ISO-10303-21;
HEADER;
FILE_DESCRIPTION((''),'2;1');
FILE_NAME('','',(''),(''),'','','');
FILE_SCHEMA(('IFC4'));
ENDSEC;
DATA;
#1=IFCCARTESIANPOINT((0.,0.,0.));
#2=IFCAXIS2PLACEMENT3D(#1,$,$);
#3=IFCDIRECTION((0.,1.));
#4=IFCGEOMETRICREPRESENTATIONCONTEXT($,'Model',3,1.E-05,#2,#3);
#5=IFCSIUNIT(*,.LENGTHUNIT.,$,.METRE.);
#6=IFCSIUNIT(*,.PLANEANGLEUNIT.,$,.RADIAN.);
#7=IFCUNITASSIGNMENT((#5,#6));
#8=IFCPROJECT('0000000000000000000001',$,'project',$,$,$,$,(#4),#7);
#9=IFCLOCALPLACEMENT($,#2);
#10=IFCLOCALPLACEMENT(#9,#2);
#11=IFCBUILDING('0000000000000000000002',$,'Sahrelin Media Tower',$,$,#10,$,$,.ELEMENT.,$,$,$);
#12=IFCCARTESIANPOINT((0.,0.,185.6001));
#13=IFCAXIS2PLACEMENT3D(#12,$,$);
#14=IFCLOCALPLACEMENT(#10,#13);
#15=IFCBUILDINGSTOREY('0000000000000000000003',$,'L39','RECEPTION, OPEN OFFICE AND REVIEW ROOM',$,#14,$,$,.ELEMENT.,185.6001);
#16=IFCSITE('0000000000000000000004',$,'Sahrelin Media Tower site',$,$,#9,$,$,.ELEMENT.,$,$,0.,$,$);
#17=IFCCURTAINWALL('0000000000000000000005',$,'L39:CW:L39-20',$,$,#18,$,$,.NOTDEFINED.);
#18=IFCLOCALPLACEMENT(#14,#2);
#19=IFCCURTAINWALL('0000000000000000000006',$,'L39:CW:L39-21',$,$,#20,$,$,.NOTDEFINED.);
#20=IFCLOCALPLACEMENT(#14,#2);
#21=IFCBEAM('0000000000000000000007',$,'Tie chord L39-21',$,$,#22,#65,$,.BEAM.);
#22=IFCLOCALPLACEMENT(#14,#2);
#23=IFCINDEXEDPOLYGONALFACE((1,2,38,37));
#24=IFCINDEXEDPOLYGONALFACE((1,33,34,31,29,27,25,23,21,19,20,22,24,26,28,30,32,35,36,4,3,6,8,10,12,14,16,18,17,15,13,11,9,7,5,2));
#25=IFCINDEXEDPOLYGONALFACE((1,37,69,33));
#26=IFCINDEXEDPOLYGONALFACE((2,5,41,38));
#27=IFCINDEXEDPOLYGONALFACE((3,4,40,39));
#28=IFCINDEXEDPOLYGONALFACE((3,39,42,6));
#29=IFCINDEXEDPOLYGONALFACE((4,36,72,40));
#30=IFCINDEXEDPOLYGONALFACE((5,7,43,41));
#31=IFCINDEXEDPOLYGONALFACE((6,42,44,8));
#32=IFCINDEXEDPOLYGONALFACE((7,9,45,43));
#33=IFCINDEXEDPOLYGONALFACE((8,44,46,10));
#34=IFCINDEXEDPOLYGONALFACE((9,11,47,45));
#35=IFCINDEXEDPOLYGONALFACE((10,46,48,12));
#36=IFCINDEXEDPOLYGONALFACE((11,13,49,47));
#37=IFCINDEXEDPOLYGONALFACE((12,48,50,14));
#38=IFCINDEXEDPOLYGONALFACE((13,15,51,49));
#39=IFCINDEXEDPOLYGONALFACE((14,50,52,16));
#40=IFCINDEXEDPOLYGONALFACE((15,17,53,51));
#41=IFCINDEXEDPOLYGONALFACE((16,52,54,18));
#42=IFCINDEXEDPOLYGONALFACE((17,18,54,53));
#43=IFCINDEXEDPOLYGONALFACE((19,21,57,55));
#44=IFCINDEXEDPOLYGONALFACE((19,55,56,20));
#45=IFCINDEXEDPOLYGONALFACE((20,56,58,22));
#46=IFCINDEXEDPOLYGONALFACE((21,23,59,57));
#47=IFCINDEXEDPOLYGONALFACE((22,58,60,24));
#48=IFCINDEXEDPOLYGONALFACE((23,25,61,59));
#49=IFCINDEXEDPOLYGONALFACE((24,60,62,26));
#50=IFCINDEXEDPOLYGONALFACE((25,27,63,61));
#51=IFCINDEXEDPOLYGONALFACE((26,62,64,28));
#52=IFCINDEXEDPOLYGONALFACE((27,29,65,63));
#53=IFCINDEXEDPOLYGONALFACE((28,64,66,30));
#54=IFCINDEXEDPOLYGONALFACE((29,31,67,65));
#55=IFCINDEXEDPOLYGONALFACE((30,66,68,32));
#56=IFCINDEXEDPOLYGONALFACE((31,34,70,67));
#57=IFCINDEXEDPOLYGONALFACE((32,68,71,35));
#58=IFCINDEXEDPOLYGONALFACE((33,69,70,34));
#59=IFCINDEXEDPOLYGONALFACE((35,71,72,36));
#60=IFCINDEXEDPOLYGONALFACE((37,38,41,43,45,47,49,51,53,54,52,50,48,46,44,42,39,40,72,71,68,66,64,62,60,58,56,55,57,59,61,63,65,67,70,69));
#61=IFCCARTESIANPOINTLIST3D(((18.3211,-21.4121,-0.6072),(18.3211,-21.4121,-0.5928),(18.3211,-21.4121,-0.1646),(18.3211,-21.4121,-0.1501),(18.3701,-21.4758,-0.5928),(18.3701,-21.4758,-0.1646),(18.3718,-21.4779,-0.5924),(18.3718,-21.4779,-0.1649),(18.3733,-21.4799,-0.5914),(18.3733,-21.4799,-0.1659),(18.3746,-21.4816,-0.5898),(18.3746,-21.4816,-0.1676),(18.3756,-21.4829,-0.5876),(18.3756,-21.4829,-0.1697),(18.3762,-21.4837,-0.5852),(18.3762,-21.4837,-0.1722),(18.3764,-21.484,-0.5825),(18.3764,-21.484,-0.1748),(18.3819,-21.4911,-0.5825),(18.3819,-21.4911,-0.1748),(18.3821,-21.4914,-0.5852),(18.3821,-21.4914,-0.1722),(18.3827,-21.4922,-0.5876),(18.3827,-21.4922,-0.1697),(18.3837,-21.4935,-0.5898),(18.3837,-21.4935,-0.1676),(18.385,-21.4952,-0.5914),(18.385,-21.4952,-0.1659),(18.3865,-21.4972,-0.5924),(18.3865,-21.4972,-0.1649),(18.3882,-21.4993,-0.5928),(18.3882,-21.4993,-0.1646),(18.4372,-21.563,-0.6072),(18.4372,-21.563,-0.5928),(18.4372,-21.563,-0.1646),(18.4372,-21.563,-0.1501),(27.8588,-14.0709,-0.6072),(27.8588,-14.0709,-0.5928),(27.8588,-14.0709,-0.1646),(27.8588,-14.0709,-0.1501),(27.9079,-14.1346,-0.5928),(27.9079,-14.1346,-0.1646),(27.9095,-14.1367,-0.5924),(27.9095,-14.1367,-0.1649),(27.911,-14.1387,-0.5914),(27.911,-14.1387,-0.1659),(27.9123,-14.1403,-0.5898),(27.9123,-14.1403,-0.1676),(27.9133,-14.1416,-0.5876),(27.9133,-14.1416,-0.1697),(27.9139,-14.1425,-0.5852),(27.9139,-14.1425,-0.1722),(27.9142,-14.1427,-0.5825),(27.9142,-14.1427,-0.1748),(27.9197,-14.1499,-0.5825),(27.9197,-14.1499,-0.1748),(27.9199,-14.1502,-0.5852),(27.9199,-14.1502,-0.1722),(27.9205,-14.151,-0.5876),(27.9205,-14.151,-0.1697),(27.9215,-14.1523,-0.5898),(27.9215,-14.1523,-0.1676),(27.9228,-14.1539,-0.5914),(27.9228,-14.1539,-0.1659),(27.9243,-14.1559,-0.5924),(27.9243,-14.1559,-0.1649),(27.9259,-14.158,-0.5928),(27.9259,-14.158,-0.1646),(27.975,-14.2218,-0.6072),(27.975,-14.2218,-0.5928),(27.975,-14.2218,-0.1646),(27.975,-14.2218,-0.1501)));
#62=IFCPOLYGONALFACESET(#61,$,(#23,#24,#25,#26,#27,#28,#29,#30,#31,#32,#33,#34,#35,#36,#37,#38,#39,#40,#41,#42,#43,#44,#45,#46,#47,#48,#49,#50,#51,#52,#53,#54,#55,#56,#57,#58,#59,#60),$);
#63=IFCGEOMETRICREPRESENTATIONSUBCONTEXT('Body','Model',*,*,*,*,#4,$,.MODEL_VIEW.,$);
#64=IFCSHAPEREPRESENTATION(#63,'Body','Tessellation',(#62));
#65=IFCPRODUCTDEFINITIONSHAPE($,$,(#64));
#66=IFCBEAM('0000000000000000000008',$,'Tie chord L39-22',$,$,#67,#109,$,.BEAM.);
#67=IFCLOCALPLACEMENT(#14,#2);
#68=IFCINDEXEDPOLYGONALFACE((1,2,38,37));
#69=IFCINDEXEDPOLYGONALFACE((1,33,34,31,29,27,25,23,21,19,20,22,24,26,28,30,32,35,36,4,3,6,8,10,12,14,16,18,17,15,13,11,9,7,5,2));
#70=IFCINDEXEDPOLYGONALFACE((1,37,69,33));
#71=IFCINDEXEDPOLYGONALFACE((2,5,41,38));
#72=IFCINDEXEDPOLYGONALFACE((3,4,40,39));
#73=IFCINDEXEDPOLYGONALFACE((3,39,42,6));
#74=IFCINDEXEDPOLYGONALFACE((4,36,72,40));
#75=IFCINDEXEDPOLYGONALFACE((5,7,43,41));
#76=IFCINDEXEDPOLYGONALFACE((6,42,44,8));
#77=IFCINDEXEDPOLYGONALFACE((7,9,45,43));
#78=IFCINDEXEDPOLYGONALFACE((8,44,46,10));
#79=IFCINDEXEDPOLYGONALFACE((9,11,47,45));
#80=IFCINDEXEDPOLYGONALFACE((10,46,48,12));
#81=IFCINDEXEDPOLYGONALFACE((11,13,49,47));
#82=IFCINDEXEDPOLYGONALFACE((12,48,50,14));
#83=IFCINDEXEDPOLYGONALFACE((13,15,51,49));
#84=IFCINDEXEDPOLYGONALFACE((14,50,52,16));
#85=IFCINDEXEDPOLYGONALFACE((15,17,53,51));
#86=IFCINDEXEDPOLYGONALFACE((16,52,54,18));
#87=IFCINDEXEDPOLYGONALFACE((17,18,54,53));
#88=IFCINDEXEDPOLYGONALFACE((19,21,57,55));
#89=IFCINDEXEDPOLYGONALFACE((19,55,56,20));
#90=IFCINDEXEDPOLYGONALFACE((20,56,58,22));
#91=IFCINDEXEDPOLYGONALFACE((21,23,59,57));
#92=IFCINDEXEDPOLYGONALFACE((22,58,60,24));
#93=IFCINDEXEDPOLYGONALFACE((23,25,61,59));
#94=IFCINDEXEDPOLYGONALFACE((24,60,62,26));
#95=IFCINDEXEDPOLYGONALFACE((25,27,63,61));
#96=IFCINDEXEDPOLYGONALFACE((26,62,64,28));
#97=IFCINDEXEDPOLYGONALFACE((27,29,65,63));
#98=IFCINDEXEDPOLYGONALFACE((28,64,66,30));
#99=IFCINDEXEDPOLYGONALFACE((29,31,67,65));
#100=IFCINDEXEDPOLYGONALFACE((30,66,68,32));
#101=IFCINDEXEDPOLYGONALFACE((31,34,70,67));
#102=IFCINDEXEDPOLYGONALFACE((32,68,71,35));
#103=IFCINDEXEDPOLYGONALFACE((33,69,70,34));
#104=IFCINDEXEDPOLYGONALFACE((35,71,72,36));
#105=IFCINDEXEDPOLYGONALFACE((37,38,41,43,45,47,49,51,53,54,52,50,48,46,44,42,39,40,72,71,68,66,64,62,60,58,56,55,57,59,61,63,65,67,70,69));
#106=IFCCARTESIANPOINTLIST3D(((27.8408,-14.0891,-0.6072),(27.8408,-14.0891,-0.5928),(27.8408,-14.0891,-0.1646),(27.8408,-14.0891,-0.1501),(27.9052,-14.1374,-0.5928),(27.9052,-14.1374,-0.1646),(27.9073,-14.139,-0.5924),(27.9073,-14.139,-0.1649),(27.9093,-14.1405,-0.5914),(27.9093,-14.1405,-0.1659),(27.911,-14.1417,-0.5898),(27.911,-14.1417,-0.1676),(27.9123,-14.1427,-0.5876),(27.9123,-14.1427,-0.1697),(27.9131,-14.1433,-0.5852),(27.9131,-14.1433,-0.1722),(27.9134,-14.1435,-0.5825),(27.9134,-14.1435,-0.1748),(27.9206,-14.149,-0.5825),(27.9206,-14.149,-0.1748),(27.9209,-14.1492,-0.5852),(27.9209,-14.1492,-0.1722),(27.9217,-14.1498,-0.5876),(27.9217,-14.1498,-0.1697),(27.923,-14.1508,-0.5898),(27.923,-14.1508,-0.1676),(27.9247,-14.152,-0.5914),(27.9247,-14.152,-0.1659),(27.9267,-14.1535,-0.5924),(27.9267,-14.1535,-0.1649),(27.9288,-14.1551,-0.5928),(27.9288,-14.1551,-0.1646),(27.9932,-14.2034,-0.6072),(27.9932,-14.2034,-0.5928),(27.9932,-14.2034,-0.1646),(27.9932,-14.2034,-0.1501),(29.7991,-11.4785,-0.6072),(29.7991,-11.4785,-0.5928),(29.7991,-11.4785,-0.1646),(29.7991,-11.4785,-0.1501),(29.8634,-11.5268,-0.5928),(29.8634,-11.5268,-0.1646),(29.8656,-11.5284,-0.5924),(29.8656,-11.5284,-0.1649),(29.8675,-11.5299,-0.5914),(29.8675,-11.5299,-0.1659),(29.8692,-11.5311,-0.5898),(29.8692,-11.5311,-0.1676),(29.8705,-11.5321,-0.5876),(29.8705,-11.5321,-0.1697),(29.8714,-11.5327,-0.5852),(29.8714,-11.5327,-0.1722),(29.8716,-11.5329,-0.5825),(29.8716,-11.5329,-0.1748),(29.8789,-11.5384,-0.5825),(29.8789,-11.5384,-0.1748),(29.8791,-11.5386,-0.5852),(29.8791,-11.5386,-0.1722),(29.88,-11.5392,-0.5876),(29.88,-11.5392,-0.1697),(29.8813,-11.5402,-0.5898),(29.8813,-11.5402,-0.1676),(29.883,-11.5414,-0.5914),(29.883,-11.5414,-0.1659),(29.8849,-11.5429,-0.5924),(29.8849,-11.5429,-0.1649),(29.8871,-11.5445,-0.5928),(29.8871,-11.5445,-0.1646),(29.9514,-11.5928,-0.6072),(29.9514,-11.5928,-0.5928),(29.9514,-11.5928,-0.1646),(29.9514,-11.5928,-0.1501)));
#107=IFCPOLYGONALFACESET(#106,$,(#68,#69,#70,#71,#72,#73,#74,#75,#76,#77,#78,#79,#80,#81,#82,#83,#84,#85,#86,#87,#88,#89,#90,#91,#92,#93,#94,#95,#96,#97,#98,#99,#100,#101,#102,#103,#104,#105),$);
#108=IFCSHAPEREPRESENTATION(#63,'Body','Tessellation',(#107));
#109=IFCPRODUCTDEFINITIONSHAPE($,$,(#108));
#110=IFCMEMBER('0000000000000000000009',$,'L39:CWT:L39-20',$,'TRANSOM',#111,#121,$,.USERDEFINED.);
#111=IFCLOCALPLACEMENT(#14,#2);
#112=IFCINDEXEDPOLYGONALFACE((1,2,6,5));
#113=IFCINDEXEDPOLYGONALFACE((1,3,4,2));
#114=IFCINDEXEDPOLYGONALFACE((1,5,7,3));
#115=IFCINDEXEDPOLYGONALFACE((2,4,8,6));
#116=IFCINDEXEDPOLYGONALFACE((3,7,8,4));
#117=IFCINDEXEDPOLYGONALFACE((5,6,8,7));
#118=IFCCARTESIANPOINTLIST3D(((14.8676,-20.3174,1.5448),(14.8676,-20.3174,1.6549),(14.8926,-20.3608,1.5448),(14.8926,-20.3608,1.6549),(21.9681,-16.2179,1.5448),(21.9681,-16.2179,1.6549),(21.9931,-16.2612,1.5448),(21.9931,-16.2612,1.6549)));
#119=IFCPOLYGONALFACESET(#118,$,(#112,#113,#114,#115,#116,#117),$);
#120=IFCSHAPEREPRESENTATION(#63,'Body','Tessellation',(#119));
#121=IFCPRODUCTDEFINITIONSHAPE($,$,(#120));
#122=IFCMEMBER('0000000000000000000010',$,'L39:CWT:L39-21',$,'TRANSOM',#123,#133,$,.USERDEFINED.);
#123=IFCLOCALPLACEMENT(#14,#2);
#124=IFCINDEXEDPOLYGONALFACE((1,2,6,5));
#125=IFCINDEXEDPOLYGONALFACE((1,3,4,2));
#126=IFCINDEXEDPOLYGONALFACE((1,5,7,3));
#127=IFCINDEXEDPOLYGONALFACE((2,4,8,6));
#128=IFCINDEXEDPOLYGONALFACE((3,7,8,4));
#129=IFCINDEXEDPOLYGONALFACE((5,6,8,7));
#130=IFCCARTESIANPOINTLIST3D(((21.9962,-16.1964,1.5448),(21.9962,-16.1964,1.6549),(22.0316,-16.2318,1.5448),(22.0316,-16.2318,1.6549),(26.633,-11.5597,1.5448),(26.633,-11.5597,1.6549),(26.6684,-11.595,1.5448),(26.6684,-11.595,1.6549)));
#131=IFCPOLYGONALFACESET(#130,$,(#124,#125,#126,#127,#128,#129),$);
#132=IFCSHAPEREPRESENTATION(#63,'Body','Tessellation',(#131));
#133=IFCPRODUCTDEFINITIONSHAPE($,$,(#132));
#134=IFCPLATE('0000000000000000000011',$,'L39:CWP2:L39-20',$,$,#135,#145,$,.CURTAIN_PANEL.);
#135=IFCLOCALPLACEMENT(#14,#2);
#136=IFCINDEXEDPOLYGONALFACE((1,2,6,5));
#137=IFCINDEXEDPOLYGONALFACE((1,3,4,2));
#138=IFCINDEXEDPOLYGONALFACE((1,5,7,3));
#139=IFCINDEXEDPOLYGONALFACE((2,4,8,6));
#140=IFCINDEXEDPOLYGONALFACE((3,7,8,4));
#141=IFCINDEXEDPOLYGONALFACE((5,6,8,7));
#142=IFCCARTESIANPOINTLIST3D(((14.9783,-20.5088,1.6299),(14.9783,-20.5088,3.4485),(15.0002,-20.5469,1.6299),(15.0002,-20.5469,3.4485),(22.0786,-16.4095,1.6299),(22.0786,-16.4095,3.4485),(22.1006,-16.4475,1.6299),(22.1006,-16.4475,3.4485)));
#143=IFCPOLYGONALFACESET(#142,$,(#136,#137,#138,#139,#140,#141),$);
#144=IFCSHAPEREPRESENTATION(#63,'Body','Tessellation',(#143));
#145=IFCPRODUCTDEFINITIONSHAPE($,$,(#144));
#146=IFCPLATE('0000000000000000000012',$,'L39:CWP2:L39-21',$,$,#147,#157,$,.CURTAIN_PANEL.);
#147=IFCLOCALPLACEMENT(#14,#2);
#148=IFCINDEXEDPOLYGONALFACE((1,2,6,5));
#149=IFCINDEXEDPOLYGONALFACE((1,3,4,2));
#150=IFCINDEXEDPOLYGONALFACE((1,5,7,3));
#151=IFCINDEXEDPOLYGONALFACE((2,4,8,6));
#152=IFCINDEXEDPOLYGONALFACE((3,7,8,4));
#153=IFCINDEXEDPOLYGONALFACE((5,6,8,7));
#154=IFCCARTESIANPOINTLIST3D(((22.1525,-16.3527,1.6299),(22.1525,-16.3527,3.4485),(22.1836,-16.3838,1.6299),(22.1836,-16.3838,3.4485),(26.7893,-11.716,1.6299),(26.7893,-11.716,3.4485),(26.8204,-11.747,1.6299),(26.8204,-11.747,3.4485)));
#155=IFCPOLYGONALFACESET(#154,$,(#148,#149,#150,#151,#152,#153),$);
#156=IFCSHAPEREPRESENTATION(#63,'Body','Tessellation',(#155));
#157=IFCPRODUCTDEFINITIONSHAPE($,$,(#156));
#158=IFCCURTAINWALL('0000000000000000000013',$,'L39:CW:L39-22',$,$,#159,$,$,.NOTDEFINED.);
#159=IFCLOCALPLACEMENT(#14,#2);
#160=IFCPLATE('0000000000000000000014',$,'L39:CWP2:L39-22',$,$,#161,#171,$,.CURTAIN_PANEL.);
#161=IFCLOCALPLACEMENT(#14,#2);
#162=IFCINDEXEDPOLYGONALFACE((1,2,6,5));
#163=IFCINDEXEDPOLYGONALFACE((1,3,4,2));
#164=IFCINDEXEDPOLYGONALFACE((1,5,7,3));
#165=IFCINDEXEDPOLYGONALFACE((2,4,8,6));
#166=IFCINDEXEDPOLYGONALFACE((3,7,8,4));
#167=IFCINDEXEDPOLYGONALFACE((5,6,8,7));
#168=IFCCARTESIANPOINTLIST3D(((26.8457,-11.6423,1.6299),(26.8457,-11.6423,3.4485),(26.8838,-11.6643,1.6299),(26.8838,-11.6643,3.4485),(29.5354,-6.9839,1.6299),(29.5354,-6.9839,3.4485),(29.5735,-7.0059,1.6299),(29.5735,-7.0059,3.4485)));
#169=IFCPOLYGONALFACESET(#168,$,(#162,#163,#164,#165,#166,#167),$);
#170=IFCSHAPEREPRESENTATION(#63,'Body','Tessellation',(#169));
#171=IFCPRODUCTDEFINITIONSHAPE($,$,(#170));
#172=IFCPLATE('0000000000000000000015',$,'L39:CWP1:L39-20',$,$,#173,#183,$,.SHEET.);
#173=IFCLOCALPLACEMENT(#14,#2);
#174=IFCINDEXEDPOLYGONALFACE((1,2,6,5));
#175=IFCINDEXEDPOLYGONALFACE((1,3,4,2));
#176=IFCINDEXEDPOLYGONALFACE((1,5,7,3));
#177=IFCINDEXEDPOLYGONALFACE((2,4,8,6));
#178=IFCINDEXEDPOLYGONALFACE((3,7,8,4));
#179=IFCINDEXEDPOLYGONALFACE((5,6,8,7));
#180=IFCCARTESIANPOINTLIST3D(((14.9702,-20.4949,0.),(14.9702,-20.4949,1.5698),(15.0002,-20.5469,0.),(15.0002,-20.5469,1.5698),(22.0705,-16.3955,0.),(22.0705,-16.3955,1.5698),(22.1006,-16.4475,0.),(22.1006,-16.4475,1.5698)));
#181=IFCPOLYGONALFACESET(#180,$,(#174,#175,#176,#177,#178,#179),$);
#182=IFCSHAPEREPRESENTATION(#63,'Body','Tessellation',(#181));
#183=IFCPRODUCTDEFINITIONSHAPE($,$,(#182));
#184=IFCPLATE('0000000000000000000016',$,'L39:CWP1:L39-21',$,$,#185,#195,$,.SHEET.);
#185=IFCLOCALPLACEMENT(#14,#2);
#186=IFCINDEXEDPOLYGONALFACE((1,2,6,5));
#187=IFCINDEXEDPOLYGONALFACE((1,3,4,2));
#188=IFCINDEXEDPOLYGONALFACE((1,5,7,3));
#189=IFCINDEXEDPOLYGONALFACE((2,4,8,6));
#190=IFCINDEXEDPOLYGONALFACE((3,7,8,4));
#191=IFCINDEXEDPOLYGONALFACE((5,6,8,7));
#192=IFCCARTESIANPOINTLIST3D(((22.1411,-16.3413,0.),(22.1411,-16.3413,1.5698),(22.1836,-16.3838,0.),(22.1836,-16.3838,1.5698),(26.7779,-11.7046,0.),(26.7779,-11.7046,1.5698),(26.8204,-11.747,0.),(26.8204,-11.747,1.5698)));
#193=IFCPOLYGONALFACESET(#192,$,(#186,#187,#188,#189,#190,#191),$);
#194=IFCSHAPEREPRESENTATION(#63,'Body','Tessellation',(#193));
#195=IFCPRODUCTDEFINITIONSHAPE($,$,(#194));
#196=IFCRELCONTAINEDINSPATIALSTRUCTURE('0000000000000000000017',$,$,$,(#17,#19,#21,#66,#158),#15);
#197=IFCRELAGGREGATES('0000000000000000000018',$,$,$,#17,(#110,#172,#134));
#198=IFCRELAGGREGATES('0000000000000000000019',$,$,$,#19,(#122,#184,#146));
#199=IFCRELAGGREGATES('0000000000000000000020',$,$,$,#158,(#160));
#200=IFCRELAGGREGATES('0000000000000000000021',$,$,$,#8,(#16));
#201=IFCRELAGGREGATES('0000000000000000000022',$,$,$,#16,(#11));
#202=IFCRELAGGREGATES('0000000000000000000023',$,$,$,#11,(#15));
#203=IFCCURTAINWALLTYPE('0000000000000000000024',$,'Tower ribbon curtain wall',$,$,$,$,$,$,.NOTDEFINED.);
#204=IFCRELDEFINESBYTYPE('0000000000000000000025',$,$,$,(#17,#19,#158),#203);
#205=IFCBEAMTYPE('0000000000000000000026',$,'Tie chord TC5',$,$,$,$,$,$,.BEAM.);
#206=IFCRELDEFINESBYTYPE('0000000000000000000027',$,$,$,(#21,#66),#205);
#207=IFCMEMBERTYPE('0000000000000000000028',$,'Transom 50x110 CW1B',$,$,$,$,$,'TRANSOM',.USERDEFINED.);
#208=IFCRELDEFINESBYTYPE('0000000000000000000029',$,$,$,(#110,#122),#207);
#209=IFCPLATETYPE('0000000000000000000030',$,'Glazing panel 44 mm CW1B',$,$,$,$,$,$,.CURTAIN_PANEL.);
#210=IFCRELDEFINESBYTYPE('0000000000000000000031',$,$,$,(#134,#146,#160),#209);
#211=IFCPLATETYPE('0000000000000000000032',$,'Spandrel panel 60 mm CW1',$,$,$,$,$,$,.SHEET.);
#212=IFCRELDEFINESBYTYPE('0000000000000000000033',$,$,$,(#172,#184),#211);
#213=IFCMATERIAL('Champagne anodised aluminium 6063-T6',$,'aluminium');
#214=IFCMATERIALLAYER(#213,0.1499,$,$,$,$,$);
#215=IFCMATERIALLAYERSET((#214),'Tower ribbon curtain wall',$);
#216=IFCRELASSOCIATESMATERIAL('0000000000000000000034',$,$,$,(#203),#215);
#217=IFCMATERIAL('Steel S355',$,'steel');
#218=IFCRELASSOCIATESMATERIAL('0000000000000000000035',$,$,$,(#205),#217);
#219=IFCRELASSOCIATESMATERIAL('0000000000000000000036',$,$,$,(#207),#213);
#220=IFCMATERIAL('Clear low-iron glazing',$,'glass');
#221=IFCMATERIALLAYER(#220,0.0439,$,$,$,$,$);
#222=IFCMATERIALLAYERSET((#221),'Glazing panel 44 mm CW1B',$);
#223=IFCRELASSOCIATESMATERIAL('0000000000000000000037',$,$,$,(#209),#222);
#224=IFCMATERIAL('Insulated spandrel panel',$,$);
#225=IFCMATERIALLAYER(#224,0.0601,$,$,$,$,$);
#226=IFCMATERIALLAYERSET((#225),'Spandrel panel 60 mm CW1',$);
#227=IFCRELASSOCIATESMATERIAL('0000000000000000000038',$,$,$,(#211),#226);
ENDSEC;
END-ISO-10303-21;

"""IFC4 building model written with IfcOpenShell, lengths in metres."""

from ifc_helpers import new_model, si_unit, direction, frame, origin, origin_2d, place, context, subcontext, project, spatial, polyline, rectangle, i_section, outline, extrude, material, layer, layer_set, material_profile, profile_set, type_object, element, aggregate, save


model = new_model("IFC4")

# Units and contexts
model_context = context("Model", 3, precision=1e-05, world=origin(), true_north=direction((0.0, 1.0)))
body_context = subcontext(model_context, "Body", "Model", "MODEL_VIEW")
ifc_project = project(units=[si_unit("LENGTHUNIT", "METRE"), si_unit("PLANEANGLEUNIT", "RADIAN")], contexts=[model_context])

# Site, building, storey
site_placement = place(None, origin())
site = spatial("IfcSite", under=ifc_project, at=site_placement, Name="Sahrelin Media Tower site", CompositionType="ELEMENT", RefElevation=0.0)
building_placement = place(site_placement, origin())
building = spatial("IfcBuilding", under=site, at=building_placement, Name="Sahrelin Media Tower", CompositionType="ELEMENT")
storey_placement = place(building_placement, frame((0.0, 0.0, 185.6001)))
storey = spatial("IfcBuildingStorey", under=building, at=storey_placement, Name="L39", Description="RECEPTION, OPEN OFFICE AND REVIEW ROOM", CompositionType="ELEMENT", Elevation=185.6001)

# Shared definitions
ifc_material_1 = material(Name="Steel S355", Category="steel")

# Curtain walls
ifc_material_2 = material(Name="Champagne anodised aluminium 6063-T6", Category="aluminium")
ifc_layer_1 = layer(ifc_material_2, 0.1499)
ifc_layer_set_1 = layer_set([ifc_layer_1], Name="Tower ribbon curtain wall")
curtain_wall_type = type_object("IfcCurtainWallType", Name="Tower ribbon curtain wall", PredefinedType="NOTDEFINED", material=ifc_layer_set_1)
curtain_wall_1_placement = place(storey_placement, frame((18.5403, -18.4797, 0.0), z_axis=(0.0, 0.0, 1.0), x_axis=(1.0, 0.0, 0.0)))
curtain_wall_1 = element("IfcCurtainWall", 1, at=curtain_wall_1_placement, inside=storey, type_object=curtain_wall_type, Name="L39:CW:L39-20", PredefinedType="NOTDEFINED")
curtain_wall_2_placement = place(storey_placement, frame((24.4878, -14.0513, 0.0), z_axis=(0.0, 0.0, 1.0), x_axis=(1.0, 0.0, 0.0)))
curtain_wall_2 = element("IfcCurtainWall", 2, at=curtain_wall_2_placement, inside=storey, type_object=curtain_wall_type, Name="L39:CW:L39-21", PredefinedType="NOTDEFINED")

# Beams
ifc_material_profile_1 = material_profile(ifc_material_1, i_section(OverallWidth=0.1904, OverallDepth=0.457, WebThickness=0.009, FlangeThickness=0.0144, FilletRadius=0.0103, at=origin_2d()), Name="UB 457x191x74")
ifc_profile_set_1 = profile_set([ifc_material_profile_1], Name="Steel S355")
beam_type_1 = type_object("IfcBeamType", Name="Tie chord TC5", PredefinedType="BEAM", material=ifc_profile_set_1)
beam_1_placement = place(storey_placement, frame((18.3792, -21.4875, -0.3787), z_axis=(0.792443, 0.609946, 0.0), x_axis=(-0.609946, 0.792443, 0.0)))
element("IfcBeam", 3, at=beam_1_placement, inside=storey, type_object=beam_type_1, Name="Tie chord L39-21", PredefinedType="BEAM", context=body_context, shape_type="SweptSolid", body=[
    extrude(i_section(OverallWidth=0.1904, OverallDepth=0.457, WebThickness=0.009, FlangeThickness=0.0144, FilletRadius=0.0103, at=origin_2d()), origin(), (0.0, 0.0, 1.0), 12.0359),
])
beam_2_placement = place(storey_placement, frame((27.917, -14.1462, -0.3787), z_axis=(0.60006, 0.799955, 0.0), x_axis=(-0.799955, 0.60006, 0.0)))
element("IfcBeam", 4, at=beam_2_placement, inside=storey, type_object=beam_type_1, Name="Tie chord L39-22", PredefinedType="BEAM", context=body_context, shape_type="SweptSolid", body=[
    extrude(i_section(OverallWidth=0.1904, OverallDepth=0.457, WebThickness=0.009, FlangeThickness=0.0144, FilletRadius=0.0103, at=origin_2d()), origin(), (0.0, 0.0, 1.0), 3.2634),
])

# Members
ifc_material_profile_2 = material_profile(ifc_material_2, rectangle(XDim=0.05, YDim=0.1101, at=origin_2d()), Name="Transom 50x110")
ifc_profile_set_2 = profile_set([ifc_material_profile_2], Name="Champagne anodised aluminium 6063-T6")
member_type_1 = type_object("IfcMemberType", Name="Transom 50x110 CW1B", ElementType="TRANSOM", PredefinedType="USERDEFINED", material=ifc_profile_set_2)
member_1_placement = place(storey_placement, frame((14.8801, -20.3391, 1.5999), z_axis=(0.866021, 0.500008, 0.0), x_axis=(-0.500008, 0.866021, 0.0)))
member_1 = element("IfcMember", 5, at=member_1_placement, type_object=member_type_1, Name="L39:CWT:L39-20", ObjectType="TRANSOM", PredefinedType="USERDEFINED", context=body_context, shape_type="SweptSolid", body=[
    extrude(rectangle(XDim=0.05, YDim=0.1101, at=origin_2d()), origin(), (0.0, 0.0, 1.0), 8.199),
])
member_2_placement = place(storey_placement, frame((22.0139, -16.2141, 1.5999), z_axis=(0.707107, 0.707107, 0.0), x_axis=(-0.707107, 0.707107, 0.0)))
member_2 = element("IfcMember", 6, at=member_2_placement, type_object=member_type_1, Name="L39:CWT:L39-21", ObjectType="TRANSOM", PredefinedType="USERDEFINED", context=body_context, shape_type="SweptSolid", body=[
    extrude(rectangle(XDim=0.05, YDim=0.1101, at=origin_2d()), origin(), (0.0, 0.0, 1.0), 6.5574),
])

# Plates
ifc_material_3 = material(Name="Clear low-iron glazing", Category="glass")
ifc_layer_2 = layer(ifc_material_3, 0.0439)
ifc_layer_set_2 = layer_set([ifc_layer_2], Name="Glazing panel 44 mm CW1B")
plate_type_1 = type_object("IfcPlateType", Name="Glazing panel 44 mm CW1B", PredefinedType="CURTAIN_PANEL", material=ifc_layer_set_2)
plate_1_placement = place(storey_placement, frame((15.0002, -20.5469, 1.6299), z_axis=(0.499998, -0.866026, 0.0), x_axis=(0.866026, 0.499998, 0.0)))
plate_1 = element("IfcPlate", 7, at=plate_1_placement, type_object=plate_type_1, Name="L39:CWP2:L39-20", PredefinedType="CURTAIN_PANEL", context=body_context, shape_type="SweptSolid", body=[
    extrude(outline(polyline([(0.0, 0.0), (8.1987, 0.0), (8.1987, 1.8186), (0.0, 1.8186), (0.0, 0.0)])), origin(), (0.0, 0.0, -1.0), 0.0439),
])
plate_2_placement = place(storey_placement, frame((22.1836, -16.3838, 1.6299), z_axis=(0.707107, -0.707107, 0.0), x_axis=(0.707107, 0.707107, 0.0)))
plate_2 = element("IfcPlate", 8, at=plate_2_placement, type_object=plate_type_1, Name="L39:CWP2:L39-21", PredefinedType="CURTAIN_PANEL", context=body_context, shape_type="SweptSolid", body=[
    extrude(outline(polyline([(0.0, 0.0), (6.5574, 0.0), (6.5574, 1.8186), (0.0, 1.8186), (0.0, 0.0)])), origin(), (0.0, 0.0, -1.0), 0.0439),
])

# Curtain wall, plate
curtain_wall_3_placement = place(storey_placement, frame((28.2112, -9.325, 0.0), z_axis=(0.0, 0.0, 1.0), x_axis=(1.0, 0.0, 0.0)))
curtain_wall_3 = element("IfcCurtainWall", 9, at=curtain_wall_3_placement, inside=storey, type_object=curtain_wall_type, Name="L39:CW:L39-22", PredefinedType="NOTDEFINED")
plate_3_placement = place(storey_placement, frame((26.8838, -11.6643, 1.6299), z_axis=(0.866014, -0.50002, 0.0), x_axis=(0.50002, 0.866014, 0.0)))
plate_3 = element("IfcPlate", 10, at=plate_3_placement, type_object=plate_type_1, Name="L39:CWP2:L39-22", PredefinedType="CURTAIN_PANEL", context=body_context, shape_type="SweptSolid", body=[
    extrude(outline(polyline([(0.0, 0.0), (5.3792, 0.0), (5.3792, 1.8186), (0.0, 1.8186), (0.0, 0.0)])), origin(), (0.0, 0.0, -1.0), 0.0439),
])

# Plates
ifc_material_4 = material(Name="Insulated spandrel panel")
ifc_layer_3 = layer(ifc_material_4, 0.0601)
ifc_layer_set_3 = layer_set([ifc_layer_3], Name="Spandrel panel 60 mm CW1")
plate_type_2 = type_object("IfcPlateType", Name="Spandrel panel 60 mm CW1", PredefinedType="SHEET", material=ifc_layer_set_3)
plate_4_placement = place(storey_placement, frame((15.0002, -20.5469, 0.0), z_axis=(0.499998, -0.866026, 0.0), x_axis=(0.866026, 0.499998, 0.0)))
plate_4 = element("IfcPlate", 11, at=plate_4_placement, type_object=plate_type_2, Name="L39:CWP1:L39-20", PredefinedType="SHEET", context=body_context, shape_type="SweptSolid", body=[
    extrude(outline(polyline([(0.0, 0.0), (8.1987, 0.0), (8.1987, 1.5698), (0.0, 1.5698), (0.0, 0.0)])), origin(), (0.0, 0.0, -1.0), 0.0601),
])
aggregate(curtain_wall_1, [member_1, plate_4, plate_1])
plate_5_placement = place(storey_placement, frame((22.1836, -16.3838, 0.0), z_axis=(0.707107, -0.707107, 0.0), x_axis=(0.707107, 0.707107, 0.0)))
plate_5 = element("IfcPlate", 12, at=plate_5_placement, type_object=plate_type_2, Name="L39:CWP1:L39-21", PredefinedType="SHEET", context=body_context, shape_type="SweptSolid", body=[
    extrude(outline(polyline([(0.0, 0.0), (6.5574, 0.0), (6.5574, 1.5698), (0.0, 1.5698), (0.0, 0.0)])), origin(), (0.0, 0.0, -1.0), 0.0601),
])
aggregate(curtain_wall_2, [member_2, plate_5, plate_2])
aggregate(curtain_wall_3, [plate_3])

save(model, "model.ifc")
